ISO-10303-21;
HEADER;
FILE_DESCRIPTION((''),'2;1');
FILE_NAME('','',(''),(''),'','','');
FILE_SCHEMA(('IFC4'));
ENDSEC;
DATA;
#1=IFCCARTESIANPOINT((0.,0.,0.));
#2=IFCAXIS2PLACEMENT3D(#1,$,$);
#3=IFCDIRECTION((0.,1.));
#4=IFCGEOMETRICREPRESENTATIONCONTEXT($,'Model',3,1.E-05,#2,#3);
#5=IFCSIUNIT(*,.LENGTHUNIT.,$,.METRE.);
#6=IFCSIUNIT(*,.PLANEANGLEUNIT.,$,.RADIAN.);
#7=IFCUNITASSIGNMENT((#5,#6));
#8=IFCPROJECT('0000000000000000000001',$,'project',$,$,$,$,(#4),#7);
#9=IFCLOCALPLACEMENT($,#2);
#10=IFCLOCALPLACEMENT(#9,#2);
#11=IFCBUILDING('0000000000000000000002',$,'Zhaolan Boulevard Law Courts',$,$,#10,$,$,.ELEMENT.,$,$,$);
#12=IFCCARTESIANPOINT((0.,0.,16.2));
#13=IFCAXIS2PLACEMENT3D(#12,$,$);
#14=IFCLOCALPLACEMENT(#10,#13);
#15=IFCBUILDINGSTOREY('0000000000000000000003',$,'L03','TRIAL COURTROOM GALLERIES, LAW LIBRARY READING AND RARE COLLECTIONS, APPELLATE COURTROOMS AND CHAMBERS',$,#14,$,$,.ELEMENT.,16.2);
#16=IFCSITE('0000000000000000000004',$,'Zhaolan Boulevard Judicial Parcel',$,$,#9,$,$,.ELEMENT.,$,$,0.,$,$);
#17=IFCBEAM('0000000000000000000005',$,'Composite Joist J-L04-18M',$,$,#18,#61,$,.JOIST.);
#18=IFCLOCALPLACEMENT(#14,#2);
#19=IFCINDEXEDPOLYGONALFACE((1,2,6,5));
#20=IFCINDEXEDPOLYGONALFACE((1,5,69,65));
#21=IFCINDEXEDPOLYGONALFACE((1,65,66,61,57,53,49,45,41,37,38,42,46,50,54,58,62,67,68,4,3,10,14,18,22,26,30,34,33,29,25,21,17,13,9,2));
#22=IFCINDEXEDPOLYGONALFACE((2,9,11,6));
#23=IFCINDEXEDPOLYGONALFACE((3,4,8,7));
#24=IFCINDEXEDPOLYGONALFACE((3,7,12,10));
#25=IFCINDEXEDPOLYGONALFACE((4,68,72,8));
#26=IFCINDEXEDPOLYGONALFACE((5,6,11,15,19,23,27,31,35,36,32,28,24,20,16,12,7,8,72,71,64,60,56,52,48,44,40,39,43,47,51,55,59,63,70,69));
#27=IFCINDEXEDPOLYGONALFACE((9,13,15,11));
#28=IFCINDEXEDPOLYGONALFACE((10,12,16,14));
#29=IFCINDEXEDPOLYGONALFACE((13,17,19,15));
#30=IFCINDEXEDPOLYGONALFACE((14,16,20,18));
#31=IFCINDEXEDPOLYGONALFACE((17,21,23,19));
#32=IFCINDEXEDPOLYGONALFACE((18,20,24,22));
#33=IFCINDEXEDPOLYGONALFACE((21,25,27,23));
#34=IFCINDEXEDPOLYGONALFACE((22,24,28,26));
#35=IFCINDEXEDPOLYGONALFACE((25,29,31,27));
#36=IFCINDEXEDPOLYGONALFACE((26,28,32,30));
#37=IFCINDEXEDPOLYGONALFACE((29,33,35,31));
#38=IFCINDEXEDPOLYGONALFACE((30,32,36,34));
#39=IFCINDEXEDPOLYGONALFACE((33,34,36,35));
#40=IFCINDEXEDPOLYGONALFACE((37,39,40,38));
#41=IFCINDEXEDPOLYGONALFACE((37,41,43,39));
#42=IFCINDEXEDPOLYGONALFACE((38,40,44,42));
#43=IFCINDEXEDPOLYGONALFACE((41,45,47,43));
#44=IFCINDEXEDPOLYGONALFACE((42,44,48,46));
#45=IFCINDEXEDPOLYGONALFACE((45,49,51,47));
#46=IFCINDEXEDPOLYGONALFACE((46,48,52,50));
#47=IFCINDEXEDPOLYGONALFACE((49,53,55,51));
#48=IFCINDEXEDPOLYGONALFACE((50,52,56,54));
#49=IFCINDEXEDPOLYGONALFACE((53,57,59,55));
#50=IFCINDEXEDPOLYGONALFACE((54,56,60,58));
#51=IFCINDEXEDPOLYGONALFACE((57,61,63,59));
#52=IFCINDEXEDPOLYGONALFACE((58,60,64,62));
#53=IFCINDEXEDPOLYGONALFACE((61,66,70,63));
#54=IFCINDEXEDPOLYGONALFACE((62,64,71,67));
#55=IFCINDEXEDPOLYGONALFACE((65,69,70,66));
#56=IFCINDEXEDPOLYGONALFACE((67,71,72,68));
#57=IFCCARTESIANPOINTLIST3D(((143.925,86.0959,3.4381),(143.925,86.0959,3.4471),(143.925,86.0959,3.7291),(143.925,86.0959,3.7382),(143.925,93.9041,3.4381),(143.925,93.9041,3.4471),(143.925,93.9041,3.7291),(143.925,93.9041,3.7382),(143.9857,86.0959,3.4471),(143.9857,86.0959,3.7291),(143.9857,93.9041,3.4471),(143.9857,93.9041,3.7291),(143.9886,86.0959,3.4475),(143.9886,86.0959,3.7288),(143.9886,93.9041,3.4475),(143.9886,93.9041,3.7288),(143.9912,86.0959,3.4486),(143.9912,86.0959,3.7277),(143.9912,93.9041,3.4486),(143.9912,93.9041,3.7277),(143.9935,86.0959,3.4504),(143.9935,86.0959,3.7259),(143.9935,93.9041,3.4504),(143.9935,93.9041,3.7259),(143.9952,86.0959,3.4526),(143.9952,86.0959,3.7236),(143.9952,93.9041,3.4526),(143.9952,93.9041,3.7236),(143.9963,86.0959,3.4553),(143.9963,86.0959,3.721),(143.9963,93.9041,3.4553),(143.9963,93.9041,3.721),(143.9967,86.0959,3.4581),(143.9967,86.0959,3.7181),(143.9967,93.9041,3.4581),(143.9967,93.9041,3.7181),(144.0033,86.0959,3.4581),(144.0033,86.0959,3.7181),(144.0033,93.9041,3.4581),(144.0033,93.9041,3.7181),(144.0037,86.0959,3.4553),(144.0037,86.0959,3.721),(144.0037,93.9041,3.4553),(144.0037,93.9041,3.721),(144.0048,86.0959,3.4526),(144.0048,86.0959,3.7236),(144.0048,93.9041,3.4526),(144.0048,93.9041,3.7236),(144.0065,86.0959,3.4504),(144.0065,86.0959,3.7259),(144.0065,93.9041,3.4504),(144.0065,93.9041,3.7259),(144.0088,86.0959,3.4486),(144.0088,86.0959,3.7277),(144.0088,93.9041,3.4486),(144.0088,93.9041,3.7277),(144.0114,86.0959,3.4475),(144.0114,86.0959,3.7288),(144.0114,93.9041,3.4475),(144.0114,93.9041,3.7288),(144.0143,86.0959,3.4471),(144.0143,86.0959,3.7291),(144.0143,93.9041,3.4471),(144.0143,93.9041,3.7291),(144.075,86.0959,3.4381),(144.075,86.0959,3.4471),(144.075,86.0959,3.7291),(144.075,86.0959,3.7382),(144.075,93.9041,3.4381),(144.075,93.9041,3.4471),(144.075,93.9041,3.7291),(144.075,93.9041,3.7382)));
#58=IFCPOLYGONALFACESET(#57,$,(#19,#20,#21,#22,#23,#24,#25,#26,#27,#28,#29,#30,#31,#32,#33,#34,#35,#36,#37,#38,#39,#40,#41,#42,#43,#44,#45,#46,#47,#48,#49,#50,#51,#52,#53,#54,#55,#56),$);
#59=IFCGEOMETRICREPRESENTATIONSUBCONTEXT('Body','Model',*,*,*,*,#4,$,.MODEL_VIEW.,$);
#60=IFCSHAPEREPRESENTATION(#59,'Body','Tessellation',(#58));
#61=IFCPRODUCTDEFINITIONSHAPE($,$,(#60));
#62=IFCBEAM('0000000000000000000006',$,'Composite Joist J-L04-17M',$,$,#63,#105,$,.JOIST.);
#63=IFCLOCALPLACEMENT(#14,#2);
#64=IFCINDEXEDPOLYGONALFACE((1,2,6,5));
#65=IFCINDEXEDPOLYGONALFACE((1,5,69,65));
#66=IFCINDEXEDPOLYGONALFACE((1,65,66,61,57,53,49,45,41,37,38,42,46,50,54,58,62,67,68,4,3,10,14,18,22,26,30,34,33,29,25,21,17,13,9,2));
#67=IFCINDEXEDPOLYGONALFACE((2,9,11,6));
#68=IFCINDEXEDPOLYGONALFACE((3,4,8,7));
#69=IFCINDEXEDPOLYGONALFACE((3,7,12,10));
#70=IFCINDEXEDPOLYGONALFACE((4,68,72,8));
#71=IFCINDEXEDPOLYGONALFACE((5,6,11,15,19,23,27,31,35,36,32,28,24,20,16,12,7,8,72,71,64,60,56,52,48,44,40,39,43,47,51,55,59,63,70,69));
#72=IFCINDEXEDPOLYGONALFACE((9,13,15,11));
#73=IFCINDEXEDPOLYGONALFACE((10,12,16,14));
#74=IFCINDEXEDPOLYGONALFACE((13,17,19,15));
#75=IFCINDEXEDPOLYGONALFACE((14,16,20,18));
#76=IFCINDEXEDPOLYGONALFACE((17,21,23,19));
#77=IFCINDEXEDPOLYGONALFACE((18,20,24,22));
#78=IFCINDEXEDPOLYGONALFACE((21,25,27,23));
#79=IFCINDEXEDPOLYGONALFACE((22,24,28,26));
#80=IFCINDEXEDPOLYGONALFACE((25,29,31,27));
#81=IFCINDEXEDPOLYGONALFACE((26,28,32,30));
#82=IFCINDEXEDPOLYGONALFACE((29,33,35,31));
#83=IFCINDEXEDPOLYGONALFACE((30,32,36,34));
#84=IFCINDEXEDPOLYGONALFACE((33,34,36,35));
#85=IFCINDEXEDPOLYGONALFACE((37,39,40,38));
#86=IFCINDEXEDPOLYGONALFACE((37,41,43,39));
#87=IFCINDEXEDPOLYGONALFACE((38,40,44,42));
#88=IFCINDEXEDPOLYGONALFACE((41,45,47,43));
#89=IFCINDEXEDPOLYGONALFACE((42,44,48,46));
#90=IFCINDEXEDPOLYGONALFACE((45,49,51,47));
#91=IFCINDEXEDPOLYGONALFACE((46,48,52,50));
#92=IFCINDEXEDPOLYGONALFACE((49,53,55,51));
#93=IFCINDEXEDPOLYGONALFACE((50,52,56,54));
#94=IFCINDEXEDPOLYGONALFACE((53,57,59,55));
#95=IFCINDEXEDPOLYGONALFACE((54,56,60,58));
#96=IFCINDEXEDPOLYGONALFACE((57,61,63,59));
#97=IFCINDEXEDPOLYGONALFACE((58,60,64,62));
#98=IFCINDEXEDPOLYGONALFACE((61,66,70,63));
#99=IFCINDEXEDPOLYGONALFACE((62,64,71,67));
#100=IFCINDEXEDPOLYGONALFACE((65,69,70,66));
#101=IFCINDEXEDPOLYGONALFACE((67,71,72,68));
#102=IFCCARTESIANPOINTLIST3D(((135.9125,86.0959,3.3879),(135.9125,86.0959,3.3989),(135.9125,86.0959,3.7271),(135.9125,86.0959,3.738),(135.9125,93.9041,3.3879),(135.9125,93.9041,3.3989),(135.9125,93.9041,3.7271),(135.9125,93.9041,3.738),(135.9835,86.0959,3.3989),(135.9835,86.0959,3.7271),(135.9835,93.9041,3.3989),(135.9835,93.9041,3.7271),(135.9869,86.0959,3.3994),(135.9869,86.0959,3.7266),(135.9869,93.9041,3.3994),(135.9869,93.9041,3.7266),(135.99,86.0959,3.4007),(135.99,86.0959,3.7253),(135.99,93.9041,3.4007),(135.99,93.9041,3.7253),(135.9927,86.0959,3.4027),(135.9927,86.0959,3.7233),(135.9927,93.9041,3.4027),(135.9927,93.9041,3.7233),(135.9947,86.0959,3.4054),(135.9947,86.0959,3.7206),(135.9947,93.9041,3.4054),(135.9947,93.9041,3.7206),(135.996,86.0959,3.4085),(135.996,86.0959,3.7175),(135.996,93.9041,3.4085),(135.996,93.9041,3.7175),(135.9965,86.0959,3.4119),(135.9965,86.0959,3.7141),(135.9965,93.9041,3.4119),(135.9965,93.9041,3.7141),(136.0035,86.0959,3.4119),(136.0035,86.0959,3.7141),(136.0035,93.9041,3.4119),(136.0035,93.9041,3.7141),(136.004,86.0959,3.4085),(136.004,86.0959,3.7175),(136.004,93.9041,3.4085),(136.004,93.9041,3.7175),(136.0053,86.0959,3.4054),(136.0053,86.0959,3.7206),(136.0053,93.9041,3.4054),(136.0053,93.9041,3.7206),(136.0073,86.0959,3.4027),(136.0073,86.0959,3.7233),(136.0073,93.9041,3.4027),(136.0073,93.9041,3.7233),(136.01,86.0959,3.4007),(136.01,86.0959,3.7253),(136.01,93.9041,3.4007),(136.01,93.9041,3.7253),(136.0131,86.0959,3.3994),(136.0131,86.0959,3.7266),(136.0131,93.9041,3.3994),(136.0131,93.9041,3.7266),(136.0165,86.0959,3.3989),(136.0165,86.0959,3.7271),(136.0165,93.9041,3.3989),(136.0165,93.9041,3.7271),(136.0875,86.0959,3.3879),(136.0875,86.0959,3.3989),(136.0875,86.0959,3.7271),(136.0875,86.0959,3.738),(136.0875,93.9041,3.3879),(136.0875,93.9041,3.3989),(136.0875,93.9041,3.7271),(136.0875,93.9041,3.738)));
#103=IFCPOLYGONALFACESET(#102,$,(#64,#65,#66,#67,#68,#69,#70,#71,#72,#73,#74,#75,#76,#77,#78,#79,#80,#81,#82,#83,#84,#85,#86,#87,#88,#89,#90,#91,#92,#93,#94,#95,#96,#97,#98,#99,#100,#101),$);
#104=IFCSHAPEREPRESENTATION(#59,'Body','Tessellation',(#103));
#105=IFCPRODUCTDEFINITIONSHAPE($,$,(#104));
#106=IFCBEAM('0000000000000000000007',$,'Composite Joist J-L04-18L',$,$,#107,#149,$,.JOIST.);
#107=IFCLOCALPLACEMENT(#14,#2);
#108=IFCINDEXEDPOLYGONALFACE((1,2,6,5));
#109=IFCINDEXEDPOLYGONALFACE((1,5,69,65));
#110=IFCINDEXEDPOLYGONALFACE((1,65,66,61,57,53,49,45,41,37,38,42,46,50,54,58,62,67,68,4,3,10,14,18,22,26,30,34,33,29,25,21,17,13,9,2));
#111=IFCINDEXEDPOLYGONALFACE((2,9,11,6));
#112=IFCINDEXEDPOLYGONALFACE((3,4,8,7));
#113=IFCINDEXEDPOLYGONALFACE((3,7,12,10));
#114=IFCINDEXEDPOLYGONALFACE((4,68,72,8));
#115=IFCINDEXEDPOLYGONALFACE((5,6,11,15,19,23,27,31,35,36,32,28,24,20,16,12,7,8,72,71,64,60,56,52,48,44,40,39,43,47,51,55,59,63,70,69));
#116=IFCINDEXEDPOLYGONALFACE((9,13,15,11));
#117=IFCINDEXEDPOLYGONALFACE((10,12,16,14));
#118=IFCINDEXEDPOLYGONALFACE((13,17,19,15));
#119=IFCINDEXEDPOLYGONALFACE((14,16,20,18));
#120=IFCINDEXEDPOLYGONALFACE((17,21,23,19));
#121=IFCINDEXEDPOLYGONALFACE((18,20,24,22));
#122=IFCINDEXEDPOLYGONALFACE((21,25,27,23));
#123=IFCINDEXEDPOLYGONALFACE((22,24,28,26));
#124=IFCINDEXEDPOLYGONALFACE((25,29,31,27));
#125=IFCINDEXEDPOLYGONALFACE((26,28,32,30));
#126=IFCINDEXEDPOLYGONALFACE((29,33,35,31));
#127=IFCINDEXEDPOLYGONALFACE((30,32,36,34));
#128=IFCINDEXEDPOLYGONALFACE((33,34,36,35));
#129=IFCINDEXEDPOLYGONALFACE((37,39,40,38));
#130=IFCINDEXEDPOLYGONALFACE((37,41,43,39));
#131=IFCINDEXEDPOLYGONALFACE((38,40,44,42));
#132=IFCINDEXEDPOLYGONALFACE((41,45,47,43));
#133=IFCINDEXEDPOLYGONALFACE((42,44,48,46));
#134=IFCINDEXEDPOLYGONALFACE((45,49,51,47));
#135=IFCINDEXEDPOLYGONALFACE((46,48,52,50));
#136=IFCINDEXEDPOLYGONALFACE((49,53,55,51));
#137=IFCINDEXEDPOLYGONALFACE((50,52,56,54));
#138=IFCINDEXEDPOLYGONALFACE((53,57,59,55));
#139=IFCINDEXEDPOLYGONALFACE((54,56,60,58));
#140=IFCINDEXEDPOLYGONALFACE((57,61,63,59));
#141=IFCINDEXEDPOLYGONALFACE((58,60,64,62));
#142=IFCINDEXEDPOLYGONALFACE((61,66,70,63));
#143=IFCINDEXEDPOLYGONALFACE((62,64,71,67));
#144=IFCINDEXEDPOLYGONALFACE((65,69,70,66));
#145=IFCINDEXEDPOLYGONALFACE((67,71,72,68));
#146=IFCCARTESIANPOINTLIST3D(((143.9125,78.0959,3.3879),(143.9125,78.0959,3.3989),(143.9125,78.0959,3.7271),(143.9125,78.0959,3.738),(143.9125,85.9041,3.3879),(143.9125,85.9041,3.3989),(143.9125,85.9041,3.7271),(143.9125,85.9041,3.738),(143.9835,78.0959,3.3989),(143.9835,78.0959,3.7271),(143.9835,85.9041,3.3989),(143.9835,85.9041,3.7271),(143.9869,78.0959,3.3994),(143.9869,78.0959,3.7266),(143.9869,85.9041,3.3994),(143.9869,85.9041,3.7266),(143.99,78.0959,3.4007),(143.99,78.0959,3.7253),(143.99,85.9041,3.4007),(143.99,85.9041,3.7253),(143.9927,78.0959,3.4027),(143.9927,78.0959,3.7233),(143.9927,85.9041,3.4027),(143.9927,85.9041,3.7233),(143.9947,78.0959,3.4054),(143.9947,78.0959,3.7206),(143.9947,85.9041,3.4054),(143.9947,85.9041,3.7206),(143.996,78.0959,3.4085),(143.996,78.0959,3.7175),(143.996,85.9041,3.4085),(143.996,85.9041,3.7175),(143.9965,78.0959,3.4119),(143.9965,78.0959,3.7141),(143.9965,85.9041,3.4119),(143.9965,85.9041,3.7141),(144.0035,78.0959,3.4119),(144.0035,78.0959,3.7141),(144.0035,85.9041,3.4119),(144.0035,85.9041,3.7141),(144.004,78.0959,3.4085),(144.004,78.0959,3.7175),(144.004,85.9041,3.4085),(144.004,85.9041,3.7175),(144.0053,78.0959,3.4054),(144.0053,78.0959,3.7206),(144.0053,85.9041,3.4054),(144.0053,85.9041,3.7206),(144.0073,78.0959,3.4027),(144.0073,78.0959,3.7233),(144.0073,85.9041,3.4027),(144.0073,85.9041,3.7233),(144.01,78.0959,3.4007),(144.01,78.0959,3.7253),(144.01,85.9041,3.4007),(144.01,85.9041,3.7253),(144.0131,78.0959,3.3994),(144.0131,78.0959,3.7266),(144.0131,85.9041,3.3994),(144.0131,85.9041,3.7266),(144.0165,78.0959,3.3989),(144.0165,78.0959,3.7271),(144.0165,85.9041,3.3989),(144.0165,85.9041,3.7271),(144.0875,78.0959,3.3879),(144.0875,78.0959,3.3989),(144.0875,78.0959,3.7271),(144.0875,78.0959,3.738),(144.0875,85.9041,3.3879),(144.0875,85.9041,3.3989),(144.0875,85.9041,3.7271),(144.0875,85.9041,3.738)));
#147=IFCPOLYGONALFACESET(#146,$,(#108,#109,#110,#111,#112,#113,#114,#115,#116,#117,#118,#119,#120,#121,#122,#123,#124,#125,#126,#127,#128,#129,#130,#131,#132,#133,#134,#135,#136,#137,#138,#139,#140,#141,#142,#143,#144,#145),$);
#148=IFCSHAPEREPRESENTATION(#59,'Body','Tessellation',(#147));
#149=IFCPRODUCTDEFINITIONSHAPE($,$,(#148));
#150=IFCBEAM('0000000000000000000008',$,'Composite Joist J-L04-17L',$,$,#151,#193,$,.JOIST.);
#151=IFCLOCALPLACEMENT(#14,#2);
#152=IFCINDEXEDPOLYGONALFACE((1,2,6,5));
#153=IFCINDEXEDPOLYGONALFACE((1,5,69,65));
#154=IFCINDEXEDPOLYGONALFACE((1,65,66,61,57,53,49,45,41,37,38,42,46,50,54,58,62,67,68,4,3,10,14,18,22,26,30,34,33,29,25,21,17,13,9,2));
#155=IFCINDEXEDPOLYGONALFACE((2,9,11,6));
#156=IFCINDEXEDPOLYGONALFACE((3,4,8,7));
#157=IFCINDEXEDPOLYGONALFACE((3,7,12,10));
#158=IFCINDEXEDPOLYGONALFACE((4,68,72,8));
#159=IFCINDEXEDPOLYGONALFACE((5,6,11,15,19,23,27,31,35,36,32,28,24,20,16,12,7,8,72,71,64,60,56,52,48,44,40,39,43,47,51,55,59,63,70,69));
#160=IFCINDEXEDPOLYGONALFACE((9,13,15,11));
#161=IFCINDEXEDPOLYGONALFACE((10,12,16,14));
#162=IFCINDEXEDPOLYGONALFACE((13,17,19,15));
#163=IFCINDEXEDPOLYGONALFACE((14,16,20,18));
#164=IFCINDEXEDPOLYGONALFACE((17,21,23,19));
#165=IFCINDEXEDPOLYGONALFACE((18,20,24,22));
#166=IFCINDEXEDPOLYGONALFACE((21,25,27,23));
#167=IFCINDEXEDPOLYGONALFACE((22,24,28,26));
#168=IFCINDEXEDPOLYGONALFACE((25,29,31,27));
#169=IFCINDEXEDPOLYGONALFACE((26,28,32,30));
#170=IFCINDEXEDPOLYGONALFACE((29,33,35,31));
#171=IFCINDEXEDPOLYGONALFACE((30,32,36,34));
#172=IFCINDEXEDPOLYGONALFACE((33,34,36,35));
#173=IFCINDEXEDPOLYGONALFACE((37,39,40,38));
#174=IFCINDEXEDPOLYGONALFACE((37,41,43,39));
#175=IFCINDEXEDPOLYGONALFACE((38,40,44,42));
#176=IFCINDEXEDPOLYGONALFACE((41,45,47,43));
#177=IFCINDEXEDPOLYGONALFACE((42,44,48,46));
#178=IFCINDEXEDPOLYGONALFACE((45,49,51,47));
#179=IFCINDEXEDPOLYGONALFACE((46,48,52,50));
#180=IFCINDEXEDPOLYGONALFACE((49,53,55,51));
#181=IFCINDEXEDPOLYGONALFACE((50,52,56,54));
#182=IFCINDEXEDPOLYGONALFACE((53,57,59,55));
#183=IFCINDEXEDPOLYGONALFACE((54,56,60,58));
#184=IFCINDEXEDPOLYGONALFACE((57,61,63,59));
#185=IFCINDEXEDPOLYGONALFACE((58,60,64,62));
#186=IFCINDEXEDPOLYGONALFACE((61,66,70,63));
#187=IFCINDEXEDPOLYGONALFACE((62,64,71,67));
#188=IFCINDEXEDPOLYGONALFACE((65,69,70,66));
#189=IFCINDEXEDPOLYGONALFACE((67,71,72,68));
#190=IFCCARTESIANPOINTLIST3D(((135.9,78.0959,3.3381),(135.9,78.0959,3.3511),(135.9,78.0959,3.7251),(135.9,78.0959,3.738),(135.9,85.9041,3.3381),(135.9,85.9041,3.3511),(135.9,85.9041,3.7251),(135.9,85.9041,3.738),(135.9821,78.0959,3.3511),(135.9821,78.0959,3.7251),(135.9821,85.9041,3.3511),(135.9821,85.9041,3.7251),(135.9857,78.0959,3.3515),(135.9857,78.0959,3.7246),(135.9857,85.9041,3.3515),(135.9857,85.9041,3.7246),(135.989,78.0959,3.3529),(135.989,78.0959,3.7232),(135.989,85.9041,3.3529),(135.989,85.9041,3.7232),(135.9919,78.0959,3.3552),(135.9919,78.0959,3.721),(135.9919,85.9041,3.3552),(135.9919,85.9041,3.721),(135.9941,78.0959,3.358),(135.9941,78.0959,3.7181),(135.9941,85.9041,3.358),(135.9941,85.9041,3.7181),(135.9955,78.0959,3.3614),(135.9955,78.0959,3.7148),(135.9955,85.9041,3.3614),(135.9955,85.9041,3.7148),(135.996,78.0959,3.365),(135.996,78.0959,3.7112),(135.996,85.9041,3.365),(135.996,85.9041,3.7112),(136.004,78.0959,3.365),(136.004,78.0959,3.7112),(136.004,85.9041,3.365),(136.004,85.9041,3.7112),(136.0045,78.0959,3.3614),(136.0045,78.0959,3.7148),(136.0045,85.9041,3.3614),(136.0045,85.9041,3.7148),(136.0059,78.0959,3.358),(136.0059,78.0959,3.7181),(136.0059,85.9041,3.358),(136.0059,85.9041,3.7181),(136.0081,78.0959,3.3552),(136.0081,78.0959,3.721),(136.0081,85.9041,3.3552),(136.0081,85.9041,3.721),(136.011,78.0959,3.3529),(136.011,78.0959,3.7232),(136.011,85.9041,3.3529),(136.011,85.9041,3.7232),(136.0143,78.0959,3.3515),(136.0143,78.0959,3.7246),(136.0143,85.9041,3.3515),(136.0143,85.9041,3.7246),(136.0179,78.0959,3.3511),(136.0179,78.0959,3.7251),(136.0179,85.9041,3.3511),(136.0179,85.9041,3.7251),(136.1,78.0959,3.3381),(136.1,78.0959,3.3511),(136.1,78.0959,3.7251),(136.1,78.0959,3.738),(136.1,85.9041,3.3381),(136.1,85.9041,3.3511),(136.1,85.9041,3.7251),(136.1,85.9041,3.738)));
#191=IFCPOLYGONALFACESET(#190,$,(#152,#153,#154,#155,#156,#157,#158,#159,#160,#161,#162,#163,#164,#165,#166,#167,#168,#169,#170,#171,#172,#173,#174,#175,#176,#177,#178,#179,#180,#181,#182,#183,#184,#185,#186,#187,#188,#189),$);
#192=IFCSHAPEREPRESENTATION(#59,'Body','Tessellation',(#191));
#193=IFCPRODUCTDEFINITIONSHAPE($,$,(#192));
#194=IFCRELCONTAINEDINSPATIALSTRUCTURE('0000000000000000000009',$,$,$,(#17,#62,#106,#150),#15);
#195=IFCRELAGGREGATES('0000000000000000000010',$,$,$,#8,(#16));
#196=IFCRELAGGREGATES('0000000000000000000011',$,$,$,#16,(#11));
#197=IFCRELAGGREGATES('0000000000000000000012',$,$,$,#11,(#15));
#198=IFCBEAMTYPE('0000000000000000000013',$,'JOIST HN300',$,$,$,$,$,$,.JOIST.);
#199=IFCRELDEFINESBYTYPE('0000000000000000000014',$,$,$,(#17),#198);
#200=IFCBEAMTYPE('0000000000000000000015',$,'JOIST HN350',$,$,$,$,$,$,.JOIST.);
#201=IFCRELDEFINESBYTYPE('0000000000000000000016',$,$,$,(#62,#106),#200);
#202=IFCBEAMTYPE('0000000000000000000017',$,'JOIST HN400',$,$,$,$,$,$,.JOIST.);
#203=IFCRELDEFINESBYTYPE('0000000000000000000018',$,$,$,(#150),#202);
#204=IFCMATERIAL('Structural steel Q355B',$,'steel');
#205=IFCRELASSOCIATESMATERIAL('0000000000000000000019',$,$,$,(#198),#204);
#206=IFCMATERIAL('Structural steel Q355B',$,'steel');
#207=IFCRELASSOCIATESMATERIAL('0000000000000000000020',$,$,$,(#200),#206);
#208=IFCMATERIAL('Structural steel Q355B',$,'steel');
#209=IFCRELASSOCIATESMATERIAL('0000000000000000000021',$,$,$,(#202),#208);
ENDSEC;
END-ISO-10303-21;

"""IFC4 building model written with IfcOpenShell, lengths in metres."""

from ifc_helpers import new_model, si_unit, direction, frame, origin, origin_2d, place, context, subcontext, project, spatial, i_section, extrude, material, material_profile, profile_set, type_object, element, save


model = new_model("IFC4")

# Units and contexts
model_context = context("Model", 3, precision=1e-05, world=origin(), true_north=direction((0.0, 1.0)))
body_context = subcontext(model_context, "Body", "Model", "MODEL_VIEW")
ifc_project = project(units=[si_unit("LENGTHUNIT", "METRE"), si_unit("PLANEANGLEUNIT", "RADIAN")], contexts=[model_context])

# Site, building, storey
site_placement = place(None, origin())
site = spatial("IfcSite", under=ifc_project, at=site_placement, Name="Zhaolan Boulevard Judicial Parcel", CompositionType="ELEMENT", RefElevation=0.0)
building_placement = place(site_placement, origin())
building = spatial("IfcBuilding", under=site, at=building_placement, Name="Zhaolan Boulevard Law Courts", CompositionType="ELEMENT")
storey_placement = place(building_placement, frame((0.0, 0.0, 16.2)))
storey = spatial("IfcBuildingStorey", under=building, at=storey_placement, Name="L03", Description="TRIAL COURTROOM GALLERIES, LAW LIBRARY READING AND RARE COLLECTIONS, APPELLATE COURTROOMS AND CHAMBERS", CompositionType="ELEMENT", Elevation=16.2)

# Beams
ifc_material_1 = material(Name="Structural steel Q355B", Category="steel")
ifc_material_profile_1 = material_profile(ifc_material_1, i_section(OverallWidth=0.1499, OverallDepth=0.3, WebThickness=0.0066, FlangeThickness=0.009, FilletRadius=0.011, at=origin_2d()), Name="HN300x150")
ifc_profile_set_1 = profile_set([ifc_material_profile_1], Name="Structural steel Q355B")
beam_type_1 = type_object("IfcBeamType", Name="JOIST HN300", PredefinedType="JOIST", material=ifc_profile_set_1)
beam_1_placement = place(storey_placement, frame((144.0, 86.0959, 3.5881), z_axis=(0.0, 1.0, 0.0), x_axis=(-1.0, 0.0, 0.0)))
element("IfcBeam", 1, at=beam_1_placement, inside=storey, type_object=beam_type_1, Name="Composite Joist J-L04-18M", PredefinedType="JOIST", context=body_context, shape_type="SweptSolid", body=[
    extrude(i_section(OverallWidth=0.1499, OverallDepth=0.3, WebThickness=0.0066, FlangeThickness=0.009, FilletRadius=0.011, at=origin_2d()), origin(), (0.0, 0.0, 1.0), 7.8081),
])
ifc_material_2 = material(Name="Structural steel Q355B", Category="steel")
ifc_material_profile_2 = material_profile(ifc_material_2, i_section(OverallWidth=0.175, OverallDepth=0.3501, WebThickness=0.0071, FlangeThickness=0.011, FilletRadius=0.0129, at=origin_2d()), Name="HN350x175")
ifc_profile_set_2 = profile_set([ifc_material_profile_2], Name="Structural steel Q355B")
beam_type_2 = type_object("IfcBeamType", Name="JOIST HN350", PredefinedType="JOIST", material=ifc_profile_set_2)
for number, where, z_axis, x_axis, name in (
    (2, (136.0, 86.0959, 3.563), (0.0, 1.0, 0.0), (-1.0, 0.0, 0.0), "Composite Joist J-L04-17M"),
    (3, (144.0, 78.0959, 3.563), (0.0, 1.0, 0.0), (-1.0, 0.0, 0.0), "Composite Joist J-L04-18L"),
):
    element("IfcBeam", number, at=place(storey_placement, frame(where, z_axis=z_axis, x_axis=x_axis)), inside=storey, type_object=beam_type_2, Name=name, PredefinedType="JOIST", context=body_context, shape_type="SweptSolid", body=[
        extrude(i_section(OverallWidth=0.175, OverallDepth=0.3501, WebThickness=0.0071, FlangeThickness=0.011, FilletRadius=0.0129, at=origin_2d()), origin(), (0.0, 0.0, 1.0), 7.8081),
    ])
ifc_material_3 = material(Name="Structural steel Q355B", Category="steel")
ifc_material_profile_3 = material_profile(ifc_material_3, i_section(OverallWidth=0.2, OverallDepth=0.3999, WebThickness=0.0081, FlangeThickness=0.0129, FilletRadius=0.0139, at=origin_2d()), Name="HN400x200")
ifc_profile_set_3 = profile_set([ifc_material_profile_3], Name="Structural steel Q355B")
beam_type_3 = type_object("IfcBeamType", Name="JOIST HN400", PredefinedType="JOIST", material=ifc_profile_set_3)
beam_2_placement = place(storey_placement, frame((136.0, 78.0959, 3.5381), z_axis=(0.0, 1.0, 0.0), x_axis=(-1.0, 0.0, 0.0)))
element("IfcBeam", 4, at=beam_2_placement, inside=storey, type_object=beam_type_3, Name="Composite Joist J-L04-17L", PredefinedType="JOIST", context=body_context, shape_type="SweptSolid", body=[
    extrude(i_section(OverallWidth=0.2, OverallDepth=0.3999, WebThickness=0.0081, FlangeThickness=0.0129, FilletRadius=0.0139, at=origin_2d()), origin(), (0.0, 0.0, 1.0), 7.8081),
])

save(model, "model.ifc")
